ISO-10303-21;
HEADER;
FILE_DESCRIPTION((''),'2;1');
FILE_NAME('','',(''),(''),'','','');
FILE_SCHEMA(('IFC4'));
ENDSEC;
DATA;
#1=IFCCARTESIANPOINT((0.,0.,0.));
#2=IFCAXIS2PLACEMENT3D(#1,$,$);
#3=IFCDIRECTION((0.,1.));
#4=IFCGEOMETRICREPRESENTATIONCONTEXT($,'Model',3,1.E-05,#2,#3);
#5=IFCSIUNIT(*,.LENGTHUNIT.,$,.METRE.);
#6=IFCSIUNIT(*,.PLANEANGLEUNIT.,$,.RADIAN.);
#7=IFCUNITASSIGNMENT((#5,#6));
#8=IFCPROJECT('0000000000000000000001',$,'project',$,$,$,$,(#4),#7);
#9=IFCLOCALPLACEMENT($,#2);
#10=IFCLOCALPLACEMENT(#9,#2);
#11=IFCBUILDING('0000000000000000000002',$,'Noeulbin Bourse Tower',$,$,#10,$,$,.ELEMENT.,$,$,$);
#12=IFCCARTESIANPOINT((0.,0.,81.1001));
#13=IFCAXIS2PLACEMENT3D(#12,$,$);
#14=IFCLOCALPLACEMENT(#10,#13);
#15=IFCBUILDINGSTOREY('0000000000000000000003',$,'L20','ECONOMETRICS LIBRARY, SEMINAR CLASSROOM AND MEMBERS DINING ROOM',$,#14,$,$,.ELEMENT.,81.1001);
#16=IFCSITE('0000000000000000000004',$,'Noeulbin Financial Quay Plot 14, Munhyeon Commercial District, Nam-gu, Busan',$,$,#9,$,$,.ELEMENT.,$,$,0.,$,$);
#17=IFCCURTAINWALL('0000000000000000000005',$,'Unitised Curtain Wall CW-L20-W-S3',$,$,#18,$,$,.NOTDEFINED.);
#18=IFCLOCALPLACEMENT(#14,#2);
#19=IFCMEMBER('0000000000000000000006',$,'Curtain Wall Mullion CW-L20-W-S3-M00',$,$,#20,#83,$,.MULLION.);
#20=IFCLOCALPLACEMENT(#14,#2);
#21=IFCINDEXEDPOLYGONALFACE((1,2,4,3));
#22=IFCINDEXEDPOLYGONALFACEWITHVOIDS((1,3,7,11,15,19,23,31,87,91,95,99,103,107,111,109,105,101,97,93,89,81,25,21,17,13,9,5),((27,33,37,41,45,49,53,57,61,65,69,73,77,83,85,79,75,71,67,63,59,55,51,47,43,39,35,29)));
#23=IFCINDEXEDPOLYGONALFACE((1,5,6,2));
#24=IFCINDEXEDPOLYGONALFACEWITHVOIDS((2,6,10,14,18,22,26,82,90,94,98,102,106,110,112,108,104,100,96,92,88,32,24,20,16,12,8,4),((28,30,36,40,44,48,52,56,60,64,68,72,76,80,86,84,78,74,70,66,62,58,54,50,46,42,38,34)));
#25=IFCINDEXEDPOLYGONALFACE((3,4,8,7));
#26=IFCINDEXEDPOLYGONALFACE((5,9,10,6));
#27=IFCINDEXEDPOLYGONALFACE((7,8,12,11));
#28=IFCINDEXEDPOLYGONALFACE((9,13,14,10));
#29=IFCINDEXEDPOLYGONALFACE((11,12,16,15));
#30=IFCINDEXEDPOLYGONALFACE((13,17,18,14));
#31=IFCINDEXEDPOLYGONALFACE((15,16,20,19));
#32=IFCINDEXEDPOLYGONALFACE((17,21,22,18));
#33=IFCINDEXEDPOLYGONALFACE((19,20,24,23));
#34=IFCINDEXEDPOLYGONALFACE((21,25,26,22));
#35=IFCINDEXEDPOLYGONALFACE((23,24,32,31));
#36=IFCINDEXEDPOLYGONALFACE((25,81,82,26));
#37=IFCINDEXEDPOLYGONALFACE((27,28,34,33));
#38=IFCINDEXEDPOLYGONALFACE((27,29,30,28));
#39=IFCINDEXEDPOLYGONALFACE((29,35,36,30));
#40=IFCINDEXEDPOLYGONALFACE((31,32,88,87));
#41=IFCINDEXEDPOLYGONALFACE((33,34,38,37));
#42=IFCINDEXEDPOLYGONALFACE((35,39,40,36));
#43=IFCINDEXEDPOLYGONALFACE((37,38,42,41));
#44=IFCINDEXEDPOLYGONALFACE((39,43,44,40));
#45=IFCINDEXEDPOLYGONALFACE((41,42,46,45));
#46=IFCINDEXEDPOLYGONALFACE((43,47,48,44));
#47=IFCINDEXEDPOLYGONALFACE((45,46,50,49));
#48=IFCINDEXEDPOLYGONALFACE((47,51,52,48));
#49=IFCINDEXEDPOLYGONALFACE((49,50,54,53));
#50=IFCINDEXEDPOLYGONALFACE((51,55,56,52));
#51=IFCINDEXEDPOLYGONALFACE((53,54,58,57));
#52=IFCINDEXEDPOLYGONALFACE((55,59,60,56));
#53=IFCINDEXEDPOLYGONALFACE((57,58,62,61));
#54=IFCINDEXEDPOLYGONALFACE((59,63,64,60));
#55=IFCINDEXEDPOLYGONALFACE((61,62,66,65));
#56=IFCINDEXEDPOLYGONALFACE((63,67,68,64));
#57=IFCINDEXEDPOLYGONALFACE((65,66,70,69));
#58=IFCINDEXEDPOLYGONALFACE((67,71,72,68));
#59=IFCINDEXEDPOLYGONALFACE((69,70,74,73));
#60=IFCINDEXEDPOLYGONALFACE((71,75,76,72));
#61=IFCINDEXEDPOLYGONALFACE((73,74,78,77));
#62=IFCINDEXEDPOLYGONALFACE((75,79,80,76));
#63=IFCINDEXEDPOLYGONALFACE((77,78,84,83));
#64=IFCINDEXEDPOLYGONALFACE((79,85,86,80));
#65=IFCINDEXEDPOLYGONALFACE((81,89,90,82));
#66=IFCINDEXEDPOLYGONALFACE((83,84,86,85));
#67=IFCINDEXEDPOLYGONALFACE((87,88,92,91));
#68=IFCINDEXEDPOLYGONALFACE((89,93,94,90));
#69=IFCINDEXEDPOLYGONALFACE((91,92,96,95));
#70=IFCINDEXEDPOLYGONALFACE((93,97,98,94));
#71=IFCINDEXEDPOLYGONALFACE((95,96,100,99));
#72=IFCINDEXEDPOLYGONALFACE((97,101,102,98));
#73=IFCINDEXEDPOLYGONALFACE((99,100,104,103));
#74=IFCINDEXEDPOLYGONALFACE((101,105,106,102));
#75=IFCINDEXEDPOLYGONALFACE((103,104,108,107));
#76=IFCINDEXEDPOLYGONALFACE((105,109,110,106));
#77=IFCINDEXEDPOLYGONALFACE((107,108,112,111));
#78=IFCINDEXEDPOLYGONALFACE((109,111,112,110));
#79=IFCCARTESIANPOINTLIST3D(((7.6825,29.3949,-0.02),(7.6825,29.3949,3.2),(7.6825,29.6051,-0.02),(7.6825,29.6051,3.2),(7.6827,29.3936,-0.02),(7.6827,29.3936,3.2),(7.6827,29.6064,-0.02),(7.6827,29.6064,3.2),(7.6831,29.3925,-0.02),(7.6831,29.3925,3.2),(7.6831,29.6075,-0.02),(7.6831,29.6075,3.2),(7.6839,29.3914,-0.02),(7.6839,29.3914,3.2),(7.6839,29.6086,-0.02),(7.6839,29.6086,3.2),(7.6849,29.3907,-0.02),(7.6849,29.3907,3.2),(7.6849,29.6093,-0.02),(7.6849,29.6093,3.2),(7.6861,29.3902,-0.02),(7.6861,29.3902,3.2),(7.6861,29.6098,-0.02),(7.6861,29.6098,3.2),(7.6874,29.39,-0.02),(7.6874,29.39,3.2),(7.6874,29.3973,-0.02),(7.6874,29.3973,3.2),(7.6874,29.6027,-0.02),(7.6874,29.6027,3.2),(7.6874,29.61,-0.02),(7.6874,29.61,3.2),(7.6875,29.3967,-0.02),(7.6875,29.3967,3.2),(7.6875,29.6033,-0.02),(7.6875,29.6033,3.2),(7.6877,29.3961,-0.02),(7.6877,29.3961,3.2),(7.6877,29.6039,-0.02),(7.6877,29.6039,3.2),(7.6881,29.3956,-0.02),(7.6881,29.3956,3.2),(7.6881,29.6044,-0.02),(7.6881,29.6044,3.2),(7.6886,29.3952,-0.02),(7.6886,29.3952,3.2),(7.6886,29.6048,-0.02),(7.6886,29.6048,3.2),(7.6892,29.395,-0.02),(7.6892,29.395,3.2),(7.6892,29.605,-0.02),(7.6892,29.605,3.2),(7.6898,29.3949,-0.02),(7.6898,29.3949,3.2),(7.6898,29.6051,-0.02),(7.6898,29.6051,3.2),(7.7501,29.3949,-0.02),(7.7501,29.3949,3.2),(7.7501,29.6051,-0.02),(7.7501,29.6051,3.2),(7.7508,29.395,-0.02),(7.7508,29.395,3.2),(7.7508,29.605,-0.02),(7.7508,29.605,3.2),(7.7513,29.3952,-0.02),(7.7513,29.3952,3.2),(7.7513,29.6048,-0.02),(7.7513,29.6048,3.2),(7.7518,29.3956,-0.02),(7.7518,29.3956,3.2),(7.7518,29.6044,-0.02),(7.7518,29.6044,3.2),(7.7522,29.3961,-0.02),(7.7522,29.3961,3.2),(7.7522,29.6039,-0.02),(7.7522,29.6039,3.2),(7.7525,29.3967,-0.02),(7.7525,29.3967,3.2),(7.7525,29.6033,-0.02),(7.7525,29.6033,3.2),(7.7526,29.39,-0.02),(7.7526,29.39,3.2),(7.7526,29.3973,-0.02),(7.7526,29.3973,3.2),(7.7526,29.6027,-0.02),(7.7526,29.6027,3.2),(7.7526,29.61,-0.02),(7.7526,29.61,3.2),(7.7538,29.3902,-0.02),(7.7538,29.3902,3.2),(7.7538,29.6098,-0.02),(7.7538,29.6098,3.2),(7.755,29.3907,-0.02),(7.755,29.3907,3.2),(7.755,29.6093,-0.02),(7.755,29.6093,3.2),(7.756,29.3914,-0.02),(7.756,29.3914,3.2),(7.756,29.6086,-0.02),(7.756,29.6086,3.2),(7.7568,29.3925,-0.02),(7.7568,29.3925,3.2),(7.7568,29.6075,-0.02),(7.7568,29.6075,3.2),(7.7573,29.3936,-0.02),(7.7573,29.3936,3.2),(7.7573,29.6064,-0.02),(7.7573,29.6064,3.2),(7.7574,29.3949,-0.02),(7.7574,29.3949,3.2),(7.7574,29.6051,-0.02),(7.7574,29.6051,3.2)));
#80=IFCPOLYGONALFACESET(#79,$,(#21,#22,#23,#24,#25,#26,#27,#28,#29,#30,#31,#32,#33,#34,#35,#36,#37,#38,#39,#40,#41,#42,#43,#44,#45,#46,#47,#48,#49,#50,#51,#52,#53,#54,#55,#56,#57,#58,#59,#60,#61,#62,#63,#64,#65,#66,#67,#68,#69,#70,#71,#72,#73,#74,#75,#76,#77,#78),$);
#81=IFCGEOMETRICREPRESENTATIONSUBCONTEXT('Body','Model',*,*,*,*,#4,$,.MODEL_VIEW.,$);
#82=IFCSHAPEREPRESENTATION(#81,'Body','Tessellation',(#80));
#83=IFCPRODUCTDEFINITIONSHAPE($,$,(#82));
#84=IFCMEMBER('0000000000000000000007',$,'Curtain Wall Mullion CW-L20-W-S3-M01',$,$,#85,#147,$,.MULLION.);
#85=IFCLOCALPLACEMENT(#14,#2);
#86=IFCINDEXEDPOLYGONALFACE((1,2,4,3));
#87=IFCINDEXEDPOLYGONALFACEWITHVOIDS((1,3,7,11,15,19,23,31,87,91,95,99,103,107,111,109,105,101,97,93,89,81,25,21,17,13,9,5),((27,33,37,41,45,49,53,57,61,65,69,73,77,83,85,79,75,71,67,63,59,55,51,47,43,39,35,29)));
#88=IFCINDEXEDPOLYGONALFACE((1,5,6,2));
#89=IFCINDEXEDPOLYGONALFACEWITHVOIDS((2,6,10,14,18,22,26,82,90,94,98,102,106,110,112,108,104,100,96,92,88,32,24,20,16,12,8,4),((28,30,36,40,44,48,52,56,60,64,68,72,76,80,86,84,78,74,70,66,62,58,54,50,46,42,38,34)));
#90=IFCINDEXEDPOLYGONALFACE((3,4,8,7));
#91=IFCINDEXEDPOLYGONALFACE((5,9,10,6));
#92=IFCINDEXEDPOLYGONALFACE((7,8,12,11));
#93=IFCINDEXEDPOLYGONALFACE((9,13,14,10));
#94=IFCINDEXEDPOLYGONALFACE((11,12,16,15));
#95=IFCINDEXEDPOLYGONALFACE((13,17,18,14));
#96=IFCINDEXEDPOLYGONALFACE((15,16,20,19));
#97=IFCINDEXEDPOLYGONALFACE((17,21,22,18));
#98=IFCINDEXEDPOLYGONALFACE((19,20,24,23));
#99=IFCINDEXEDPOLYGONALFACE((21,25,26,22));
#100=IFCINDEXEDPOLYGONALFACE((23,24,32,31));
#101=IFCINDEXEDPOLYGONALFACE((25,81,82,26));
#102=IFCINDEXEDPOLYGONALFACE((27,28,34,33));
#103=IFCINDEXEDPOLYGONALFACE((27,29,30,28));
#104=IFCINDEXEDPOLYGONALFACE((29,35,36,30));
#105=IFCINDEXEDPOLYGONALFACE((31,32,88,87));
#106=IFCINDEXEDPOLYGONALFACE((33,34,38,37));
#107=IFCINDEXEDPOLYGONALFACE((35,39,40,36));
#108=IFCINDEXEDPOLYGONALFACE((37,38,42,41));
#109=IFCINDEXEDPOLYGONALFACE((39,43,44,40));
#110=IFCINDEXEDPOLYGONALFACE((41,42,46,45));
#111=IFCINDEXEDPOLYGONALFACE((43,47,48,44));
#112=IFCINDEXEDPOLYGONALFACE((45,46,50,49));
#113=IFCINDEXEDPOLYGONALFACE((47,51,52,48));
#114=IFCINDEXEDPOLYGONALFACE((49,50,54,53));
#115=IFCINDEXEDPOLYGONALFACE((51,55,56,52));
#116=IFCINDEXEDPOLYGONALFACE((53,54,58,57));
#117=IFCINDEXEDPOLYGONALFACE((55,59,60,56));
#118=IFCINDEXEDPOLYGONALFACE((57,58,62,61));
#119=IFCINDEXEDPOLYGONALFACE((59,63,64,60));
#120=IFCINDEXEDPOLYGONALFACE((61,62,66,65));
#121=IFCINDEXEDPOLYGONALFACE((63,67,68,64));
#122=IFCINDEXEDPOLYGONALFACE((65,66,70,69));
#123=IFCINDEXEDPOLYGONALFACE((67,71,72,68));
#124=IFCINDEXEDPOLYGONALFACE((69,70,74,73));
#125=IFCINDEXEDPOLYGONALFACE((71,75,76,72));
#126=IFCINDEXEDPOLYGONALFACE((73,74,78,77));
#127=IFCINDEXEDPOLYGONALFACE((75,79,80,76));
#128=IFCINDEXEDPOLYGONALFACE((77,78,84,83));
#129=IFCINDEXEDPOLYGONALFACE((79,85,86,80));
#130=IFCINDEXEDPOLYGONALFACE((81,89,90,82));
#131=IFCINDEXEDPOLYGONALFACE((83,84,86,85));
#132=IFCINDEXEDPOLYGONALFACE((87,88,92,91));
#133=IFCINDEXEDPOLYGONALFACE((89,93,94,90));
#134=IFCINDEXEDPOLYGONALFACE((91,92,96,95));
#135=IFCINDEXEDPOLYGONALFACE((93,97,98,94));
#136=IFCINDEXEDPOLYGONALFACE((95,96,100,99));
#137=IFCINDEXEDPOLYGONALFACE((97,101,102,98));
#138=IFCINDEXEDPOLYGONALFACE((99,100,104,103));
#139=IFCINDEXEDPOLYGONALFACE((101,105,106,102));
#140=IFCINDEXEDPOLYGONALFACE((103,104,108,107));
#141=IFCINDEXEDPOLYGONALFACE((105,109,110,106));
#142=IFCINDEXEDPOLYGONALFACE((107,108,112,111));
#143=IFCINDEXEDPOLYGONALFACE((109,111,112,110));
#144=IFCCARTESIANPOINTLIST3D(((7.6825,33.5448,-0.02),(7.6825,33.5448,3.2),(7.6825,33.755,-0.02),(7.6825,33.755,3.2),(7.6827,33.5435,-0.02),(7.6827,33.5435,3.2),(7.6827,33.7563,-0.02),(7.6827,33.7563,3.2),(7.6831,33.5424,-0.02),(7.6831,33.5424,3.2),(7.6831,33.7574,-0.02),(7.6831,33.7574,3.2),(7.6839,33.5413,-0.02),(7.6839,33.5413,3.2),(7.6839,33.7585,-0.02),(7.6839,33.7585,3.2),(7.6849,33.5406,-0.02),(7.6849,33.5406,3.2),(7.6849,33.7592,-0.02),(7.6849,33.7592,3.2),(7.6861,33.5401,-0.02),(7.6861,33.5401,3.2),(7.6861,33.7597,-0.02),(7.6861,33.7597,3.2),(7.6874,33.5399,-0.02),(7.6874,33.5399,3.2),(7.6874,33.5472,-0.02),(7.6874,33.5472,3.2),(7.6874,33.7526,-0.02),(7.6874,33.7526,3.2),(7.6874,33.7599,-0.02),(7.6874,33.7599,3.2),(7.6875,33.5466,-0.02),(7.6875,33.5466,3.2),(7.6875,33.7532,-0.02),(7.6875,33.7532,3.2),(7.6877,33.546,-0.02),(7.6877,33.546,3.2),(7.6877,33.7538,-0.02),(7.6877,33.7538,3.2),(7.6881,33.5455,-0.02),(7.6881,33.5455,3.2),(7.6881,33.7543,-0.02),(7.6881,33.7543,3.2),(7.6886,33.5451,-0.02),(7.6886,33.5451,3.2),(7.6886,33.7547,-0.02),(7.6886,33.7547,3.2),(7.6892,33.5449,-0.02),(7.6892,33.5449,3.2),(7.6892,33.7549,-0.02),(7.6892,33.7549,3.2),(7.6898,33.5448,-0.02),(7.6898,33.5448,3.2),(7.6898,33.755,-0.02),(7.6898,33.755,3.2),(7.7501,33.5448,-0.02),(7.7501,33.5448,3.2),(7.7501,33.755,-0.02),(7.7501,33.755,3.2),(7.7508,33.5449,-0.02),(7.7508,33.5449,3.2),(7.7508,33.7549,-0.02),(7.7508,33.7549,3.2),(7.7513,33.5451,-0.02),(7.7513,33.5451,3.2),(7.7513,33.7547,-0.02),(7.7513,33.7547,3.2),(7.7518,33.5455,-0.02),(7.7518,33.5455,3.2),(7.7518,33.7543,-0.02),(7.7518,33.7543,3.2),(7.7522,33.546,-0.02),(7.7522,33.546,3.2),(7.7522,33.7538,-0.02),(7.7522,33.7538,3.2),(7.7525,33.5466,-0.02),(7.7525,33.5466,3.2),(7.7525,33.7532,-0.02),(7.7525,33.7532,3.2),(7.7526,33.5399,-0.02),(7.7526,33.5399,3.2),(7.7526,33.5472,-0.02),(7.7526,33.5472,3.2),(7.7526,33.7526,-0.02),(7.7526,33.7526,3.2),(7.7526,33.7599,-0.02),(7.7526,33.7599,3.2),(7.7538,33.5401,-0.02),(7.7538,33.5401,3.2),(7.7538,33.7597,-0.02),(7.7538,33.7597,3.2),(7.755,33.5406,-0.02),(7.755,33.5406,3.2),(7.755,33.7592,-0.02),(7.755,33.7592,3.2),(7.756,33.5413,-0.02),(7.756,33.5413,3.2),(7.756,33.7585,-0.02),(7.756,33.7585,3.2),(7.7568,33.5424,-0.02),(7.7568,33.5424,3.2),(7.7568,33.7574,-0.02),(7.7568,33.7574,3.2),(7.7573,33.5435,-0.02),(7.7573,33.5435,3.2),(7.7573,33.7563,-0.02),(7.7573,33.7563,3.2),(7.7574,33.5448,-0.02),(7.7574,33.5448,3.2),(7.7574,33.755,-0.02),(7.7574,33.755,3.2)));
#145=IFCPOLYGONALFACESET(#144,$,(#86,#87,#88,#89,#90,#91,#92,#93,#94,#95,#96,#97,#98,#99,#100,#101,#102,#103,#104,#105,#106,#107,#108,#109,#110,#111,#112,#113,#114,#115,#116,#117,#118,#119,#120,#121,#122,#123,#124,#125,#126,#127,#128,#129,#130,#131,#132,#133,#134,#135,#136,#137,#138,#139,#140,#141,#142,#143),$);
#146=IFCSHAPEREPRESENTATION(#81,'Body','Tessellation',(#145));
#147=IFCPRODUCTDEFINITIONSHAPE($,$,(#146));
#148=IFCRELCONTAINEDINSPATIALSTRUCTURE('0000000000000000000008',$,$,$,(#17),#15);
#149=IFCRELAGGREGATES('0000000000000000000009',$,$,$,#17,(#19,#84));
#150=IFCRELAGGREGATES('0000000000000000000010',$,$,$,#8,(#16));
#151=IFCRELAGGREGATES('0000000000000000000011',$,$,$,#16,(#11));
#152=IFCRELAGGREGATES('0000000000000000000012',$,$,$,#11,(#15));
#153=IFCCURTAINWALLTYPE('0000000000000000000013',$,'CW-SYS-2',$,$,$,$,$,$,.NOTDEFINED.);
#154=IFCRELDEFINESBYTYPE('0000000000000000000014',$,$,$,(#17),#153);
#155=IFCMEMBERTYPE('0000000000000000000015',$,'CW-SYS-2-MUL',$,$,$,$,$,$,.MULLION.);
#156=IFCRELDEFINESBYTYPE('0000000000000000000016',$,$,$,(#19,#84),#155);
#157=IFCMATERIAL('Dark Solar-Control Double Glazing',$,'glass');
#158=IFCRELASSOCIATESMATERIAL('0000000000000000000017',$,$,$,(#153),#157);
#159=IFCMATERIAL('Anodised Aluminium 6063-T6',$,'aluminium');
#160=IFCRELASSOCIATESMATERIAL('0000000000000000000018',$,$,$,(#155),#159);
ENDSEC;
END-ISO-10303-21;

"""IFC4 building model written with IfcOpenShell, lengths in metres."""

from ifc_helpers import new_model, si_unit, direction, frame, origin, origin_2d, place, context, subcontext, project, spatial, hollow_rectangle, extrude, material, material_profile, profile_set, type_object, element, aggregate, save


model = new_model("IFC4")

# Units and contexts
model_context = context("Model", 3, precision=1e-05, world=origin(), true_north=direction((0.0, 1.0)))
body_context = subcontext(model_context, "Body", "Model", "MODEL_VIEW")
ifc_project = project(units=[si_unit("LENGTHUNIT", "METRE"), si_unit("PLANEANGLEUNIT", "RADIAN")], contexts=[model_context])

# Site, building, storey
site_placement = place(None, origin())
site = spatial("IfcSite", under=ifc_project, at=site_placement, Name="Noeulbin Financial Quay Plot 14, Munhyeon Commercial District, Nam-gu, Busan", CompositionType="ELEMENT", RefElevation=0.0)
building_placement = place(site_placement, origin())
building = spatial("IfcBuilding", under=site, at=building_placement, Name="Noeulbin Bourse Tower", CompositionType="ELEMENT")
storey_placement = place(building_placement, frame((0.0, 0.0, 81.1001)))
storey = spatial("IfcBuildingStorey", under=building, at=storey_placement, Name="L20", Description="ECONOMETRICS LIBRARY, SEMINAR CLASSROOM AND MEMBERS DINING ROOM", CompositionType="ELEMENT", Elevation=81.1001)

# Curtain wall, members
ifc_material_1 = material(Name="Dark Solar-Control Double Glazing", Category="glass")
curtain_wall_type = type_object("IfcCurtainWallType", Name="CW-SYS-2", PredefinedType="NOTDEFINED", material=ifc_material_1)
curtain_wall_placement = place(storey_placement, origin())
curtain_wall = element("IfcCurtainWall", 1, at=curtain_wall_placement, inside=storey, type_object=curtain_wall_type, Name="Unitised Curtain Wall CW-L20-W-S3", PredefinedType="NOTDEFINED")
ifc_material_2 = material(Name="Anodised Aluminium 6063-T6", Category="aluminium")
ifc_material_profile_1 = material_profile(ifc_material_2, hollow_rectangle(XDim=0.075, YDim=0.22, WallThickness=0.0049, InnerFilletRadius=0.0024, OuterFilletRadius=0.0049, at=origin_2d()), Name="ALU-MULL-75x220x5", Category="LoadBearing")
ifc_profile_set_1 = profile_set([ifc_material_profile_1], Name="Anodised Aluminium 6063-T6")
member_type_1 = type_object("IfcMemberType", Name="CW-SYS-2-MUL", PredefinedType="MULLION", material=ifc_profile_set_1)
member_1_placement = place(storey_placement, frame((7.72, 29.5, -0.02), z_axis=(0.0, 0.0, 1.0), x_axis=(1.0, 0.0, 0.0)))
member_1 = element("IfcMember", 2, at=member_1_placement, type_object=member_type_1, Name="Curtain Wall Mullion CW-L20-W-S3-M00", PredefinedType="MULLION", context=body_context, shape_type="SweptSolid", body=[
    extrude(hollow_rectangle(XDim=0.075, YDim=0.22, WallThickness=0.0049, InnerFilletRadius=0.0024, OuterFilletRadius=0.0049, at=origin_2d()), origin(), (0.0, 0.0, 1.0), 3.22),
])
member_2_placement = place(storey_placement, frame((7.72, 33.6499, -0.02), z_axis=(0.0, 0.0, 1.0), x_axis=(1.0, 0.0, 0.0)))
member_2 = element("IfcMember", 3, at=member_2_placement, type_object=member_type_1, Name="Curtain Wall Mullion CW-L20-W-S3-M01", PredefinedType="MULLION", context=body_context, shape_type="SweptSolid", body=[
    extrude(hollow_rectangle(XDim=0.075, YDim=0.22, WallThickness=0.0049, InnerFilletRadius=0.0024, OuterFilletRadius=0.0049, at=origin_2d()), origin(), (0.0, 0.0, 1.0), 3.22),
])

aggregate(curtain_wall, [member_1, member_2])

save(model, "model.ifc")
